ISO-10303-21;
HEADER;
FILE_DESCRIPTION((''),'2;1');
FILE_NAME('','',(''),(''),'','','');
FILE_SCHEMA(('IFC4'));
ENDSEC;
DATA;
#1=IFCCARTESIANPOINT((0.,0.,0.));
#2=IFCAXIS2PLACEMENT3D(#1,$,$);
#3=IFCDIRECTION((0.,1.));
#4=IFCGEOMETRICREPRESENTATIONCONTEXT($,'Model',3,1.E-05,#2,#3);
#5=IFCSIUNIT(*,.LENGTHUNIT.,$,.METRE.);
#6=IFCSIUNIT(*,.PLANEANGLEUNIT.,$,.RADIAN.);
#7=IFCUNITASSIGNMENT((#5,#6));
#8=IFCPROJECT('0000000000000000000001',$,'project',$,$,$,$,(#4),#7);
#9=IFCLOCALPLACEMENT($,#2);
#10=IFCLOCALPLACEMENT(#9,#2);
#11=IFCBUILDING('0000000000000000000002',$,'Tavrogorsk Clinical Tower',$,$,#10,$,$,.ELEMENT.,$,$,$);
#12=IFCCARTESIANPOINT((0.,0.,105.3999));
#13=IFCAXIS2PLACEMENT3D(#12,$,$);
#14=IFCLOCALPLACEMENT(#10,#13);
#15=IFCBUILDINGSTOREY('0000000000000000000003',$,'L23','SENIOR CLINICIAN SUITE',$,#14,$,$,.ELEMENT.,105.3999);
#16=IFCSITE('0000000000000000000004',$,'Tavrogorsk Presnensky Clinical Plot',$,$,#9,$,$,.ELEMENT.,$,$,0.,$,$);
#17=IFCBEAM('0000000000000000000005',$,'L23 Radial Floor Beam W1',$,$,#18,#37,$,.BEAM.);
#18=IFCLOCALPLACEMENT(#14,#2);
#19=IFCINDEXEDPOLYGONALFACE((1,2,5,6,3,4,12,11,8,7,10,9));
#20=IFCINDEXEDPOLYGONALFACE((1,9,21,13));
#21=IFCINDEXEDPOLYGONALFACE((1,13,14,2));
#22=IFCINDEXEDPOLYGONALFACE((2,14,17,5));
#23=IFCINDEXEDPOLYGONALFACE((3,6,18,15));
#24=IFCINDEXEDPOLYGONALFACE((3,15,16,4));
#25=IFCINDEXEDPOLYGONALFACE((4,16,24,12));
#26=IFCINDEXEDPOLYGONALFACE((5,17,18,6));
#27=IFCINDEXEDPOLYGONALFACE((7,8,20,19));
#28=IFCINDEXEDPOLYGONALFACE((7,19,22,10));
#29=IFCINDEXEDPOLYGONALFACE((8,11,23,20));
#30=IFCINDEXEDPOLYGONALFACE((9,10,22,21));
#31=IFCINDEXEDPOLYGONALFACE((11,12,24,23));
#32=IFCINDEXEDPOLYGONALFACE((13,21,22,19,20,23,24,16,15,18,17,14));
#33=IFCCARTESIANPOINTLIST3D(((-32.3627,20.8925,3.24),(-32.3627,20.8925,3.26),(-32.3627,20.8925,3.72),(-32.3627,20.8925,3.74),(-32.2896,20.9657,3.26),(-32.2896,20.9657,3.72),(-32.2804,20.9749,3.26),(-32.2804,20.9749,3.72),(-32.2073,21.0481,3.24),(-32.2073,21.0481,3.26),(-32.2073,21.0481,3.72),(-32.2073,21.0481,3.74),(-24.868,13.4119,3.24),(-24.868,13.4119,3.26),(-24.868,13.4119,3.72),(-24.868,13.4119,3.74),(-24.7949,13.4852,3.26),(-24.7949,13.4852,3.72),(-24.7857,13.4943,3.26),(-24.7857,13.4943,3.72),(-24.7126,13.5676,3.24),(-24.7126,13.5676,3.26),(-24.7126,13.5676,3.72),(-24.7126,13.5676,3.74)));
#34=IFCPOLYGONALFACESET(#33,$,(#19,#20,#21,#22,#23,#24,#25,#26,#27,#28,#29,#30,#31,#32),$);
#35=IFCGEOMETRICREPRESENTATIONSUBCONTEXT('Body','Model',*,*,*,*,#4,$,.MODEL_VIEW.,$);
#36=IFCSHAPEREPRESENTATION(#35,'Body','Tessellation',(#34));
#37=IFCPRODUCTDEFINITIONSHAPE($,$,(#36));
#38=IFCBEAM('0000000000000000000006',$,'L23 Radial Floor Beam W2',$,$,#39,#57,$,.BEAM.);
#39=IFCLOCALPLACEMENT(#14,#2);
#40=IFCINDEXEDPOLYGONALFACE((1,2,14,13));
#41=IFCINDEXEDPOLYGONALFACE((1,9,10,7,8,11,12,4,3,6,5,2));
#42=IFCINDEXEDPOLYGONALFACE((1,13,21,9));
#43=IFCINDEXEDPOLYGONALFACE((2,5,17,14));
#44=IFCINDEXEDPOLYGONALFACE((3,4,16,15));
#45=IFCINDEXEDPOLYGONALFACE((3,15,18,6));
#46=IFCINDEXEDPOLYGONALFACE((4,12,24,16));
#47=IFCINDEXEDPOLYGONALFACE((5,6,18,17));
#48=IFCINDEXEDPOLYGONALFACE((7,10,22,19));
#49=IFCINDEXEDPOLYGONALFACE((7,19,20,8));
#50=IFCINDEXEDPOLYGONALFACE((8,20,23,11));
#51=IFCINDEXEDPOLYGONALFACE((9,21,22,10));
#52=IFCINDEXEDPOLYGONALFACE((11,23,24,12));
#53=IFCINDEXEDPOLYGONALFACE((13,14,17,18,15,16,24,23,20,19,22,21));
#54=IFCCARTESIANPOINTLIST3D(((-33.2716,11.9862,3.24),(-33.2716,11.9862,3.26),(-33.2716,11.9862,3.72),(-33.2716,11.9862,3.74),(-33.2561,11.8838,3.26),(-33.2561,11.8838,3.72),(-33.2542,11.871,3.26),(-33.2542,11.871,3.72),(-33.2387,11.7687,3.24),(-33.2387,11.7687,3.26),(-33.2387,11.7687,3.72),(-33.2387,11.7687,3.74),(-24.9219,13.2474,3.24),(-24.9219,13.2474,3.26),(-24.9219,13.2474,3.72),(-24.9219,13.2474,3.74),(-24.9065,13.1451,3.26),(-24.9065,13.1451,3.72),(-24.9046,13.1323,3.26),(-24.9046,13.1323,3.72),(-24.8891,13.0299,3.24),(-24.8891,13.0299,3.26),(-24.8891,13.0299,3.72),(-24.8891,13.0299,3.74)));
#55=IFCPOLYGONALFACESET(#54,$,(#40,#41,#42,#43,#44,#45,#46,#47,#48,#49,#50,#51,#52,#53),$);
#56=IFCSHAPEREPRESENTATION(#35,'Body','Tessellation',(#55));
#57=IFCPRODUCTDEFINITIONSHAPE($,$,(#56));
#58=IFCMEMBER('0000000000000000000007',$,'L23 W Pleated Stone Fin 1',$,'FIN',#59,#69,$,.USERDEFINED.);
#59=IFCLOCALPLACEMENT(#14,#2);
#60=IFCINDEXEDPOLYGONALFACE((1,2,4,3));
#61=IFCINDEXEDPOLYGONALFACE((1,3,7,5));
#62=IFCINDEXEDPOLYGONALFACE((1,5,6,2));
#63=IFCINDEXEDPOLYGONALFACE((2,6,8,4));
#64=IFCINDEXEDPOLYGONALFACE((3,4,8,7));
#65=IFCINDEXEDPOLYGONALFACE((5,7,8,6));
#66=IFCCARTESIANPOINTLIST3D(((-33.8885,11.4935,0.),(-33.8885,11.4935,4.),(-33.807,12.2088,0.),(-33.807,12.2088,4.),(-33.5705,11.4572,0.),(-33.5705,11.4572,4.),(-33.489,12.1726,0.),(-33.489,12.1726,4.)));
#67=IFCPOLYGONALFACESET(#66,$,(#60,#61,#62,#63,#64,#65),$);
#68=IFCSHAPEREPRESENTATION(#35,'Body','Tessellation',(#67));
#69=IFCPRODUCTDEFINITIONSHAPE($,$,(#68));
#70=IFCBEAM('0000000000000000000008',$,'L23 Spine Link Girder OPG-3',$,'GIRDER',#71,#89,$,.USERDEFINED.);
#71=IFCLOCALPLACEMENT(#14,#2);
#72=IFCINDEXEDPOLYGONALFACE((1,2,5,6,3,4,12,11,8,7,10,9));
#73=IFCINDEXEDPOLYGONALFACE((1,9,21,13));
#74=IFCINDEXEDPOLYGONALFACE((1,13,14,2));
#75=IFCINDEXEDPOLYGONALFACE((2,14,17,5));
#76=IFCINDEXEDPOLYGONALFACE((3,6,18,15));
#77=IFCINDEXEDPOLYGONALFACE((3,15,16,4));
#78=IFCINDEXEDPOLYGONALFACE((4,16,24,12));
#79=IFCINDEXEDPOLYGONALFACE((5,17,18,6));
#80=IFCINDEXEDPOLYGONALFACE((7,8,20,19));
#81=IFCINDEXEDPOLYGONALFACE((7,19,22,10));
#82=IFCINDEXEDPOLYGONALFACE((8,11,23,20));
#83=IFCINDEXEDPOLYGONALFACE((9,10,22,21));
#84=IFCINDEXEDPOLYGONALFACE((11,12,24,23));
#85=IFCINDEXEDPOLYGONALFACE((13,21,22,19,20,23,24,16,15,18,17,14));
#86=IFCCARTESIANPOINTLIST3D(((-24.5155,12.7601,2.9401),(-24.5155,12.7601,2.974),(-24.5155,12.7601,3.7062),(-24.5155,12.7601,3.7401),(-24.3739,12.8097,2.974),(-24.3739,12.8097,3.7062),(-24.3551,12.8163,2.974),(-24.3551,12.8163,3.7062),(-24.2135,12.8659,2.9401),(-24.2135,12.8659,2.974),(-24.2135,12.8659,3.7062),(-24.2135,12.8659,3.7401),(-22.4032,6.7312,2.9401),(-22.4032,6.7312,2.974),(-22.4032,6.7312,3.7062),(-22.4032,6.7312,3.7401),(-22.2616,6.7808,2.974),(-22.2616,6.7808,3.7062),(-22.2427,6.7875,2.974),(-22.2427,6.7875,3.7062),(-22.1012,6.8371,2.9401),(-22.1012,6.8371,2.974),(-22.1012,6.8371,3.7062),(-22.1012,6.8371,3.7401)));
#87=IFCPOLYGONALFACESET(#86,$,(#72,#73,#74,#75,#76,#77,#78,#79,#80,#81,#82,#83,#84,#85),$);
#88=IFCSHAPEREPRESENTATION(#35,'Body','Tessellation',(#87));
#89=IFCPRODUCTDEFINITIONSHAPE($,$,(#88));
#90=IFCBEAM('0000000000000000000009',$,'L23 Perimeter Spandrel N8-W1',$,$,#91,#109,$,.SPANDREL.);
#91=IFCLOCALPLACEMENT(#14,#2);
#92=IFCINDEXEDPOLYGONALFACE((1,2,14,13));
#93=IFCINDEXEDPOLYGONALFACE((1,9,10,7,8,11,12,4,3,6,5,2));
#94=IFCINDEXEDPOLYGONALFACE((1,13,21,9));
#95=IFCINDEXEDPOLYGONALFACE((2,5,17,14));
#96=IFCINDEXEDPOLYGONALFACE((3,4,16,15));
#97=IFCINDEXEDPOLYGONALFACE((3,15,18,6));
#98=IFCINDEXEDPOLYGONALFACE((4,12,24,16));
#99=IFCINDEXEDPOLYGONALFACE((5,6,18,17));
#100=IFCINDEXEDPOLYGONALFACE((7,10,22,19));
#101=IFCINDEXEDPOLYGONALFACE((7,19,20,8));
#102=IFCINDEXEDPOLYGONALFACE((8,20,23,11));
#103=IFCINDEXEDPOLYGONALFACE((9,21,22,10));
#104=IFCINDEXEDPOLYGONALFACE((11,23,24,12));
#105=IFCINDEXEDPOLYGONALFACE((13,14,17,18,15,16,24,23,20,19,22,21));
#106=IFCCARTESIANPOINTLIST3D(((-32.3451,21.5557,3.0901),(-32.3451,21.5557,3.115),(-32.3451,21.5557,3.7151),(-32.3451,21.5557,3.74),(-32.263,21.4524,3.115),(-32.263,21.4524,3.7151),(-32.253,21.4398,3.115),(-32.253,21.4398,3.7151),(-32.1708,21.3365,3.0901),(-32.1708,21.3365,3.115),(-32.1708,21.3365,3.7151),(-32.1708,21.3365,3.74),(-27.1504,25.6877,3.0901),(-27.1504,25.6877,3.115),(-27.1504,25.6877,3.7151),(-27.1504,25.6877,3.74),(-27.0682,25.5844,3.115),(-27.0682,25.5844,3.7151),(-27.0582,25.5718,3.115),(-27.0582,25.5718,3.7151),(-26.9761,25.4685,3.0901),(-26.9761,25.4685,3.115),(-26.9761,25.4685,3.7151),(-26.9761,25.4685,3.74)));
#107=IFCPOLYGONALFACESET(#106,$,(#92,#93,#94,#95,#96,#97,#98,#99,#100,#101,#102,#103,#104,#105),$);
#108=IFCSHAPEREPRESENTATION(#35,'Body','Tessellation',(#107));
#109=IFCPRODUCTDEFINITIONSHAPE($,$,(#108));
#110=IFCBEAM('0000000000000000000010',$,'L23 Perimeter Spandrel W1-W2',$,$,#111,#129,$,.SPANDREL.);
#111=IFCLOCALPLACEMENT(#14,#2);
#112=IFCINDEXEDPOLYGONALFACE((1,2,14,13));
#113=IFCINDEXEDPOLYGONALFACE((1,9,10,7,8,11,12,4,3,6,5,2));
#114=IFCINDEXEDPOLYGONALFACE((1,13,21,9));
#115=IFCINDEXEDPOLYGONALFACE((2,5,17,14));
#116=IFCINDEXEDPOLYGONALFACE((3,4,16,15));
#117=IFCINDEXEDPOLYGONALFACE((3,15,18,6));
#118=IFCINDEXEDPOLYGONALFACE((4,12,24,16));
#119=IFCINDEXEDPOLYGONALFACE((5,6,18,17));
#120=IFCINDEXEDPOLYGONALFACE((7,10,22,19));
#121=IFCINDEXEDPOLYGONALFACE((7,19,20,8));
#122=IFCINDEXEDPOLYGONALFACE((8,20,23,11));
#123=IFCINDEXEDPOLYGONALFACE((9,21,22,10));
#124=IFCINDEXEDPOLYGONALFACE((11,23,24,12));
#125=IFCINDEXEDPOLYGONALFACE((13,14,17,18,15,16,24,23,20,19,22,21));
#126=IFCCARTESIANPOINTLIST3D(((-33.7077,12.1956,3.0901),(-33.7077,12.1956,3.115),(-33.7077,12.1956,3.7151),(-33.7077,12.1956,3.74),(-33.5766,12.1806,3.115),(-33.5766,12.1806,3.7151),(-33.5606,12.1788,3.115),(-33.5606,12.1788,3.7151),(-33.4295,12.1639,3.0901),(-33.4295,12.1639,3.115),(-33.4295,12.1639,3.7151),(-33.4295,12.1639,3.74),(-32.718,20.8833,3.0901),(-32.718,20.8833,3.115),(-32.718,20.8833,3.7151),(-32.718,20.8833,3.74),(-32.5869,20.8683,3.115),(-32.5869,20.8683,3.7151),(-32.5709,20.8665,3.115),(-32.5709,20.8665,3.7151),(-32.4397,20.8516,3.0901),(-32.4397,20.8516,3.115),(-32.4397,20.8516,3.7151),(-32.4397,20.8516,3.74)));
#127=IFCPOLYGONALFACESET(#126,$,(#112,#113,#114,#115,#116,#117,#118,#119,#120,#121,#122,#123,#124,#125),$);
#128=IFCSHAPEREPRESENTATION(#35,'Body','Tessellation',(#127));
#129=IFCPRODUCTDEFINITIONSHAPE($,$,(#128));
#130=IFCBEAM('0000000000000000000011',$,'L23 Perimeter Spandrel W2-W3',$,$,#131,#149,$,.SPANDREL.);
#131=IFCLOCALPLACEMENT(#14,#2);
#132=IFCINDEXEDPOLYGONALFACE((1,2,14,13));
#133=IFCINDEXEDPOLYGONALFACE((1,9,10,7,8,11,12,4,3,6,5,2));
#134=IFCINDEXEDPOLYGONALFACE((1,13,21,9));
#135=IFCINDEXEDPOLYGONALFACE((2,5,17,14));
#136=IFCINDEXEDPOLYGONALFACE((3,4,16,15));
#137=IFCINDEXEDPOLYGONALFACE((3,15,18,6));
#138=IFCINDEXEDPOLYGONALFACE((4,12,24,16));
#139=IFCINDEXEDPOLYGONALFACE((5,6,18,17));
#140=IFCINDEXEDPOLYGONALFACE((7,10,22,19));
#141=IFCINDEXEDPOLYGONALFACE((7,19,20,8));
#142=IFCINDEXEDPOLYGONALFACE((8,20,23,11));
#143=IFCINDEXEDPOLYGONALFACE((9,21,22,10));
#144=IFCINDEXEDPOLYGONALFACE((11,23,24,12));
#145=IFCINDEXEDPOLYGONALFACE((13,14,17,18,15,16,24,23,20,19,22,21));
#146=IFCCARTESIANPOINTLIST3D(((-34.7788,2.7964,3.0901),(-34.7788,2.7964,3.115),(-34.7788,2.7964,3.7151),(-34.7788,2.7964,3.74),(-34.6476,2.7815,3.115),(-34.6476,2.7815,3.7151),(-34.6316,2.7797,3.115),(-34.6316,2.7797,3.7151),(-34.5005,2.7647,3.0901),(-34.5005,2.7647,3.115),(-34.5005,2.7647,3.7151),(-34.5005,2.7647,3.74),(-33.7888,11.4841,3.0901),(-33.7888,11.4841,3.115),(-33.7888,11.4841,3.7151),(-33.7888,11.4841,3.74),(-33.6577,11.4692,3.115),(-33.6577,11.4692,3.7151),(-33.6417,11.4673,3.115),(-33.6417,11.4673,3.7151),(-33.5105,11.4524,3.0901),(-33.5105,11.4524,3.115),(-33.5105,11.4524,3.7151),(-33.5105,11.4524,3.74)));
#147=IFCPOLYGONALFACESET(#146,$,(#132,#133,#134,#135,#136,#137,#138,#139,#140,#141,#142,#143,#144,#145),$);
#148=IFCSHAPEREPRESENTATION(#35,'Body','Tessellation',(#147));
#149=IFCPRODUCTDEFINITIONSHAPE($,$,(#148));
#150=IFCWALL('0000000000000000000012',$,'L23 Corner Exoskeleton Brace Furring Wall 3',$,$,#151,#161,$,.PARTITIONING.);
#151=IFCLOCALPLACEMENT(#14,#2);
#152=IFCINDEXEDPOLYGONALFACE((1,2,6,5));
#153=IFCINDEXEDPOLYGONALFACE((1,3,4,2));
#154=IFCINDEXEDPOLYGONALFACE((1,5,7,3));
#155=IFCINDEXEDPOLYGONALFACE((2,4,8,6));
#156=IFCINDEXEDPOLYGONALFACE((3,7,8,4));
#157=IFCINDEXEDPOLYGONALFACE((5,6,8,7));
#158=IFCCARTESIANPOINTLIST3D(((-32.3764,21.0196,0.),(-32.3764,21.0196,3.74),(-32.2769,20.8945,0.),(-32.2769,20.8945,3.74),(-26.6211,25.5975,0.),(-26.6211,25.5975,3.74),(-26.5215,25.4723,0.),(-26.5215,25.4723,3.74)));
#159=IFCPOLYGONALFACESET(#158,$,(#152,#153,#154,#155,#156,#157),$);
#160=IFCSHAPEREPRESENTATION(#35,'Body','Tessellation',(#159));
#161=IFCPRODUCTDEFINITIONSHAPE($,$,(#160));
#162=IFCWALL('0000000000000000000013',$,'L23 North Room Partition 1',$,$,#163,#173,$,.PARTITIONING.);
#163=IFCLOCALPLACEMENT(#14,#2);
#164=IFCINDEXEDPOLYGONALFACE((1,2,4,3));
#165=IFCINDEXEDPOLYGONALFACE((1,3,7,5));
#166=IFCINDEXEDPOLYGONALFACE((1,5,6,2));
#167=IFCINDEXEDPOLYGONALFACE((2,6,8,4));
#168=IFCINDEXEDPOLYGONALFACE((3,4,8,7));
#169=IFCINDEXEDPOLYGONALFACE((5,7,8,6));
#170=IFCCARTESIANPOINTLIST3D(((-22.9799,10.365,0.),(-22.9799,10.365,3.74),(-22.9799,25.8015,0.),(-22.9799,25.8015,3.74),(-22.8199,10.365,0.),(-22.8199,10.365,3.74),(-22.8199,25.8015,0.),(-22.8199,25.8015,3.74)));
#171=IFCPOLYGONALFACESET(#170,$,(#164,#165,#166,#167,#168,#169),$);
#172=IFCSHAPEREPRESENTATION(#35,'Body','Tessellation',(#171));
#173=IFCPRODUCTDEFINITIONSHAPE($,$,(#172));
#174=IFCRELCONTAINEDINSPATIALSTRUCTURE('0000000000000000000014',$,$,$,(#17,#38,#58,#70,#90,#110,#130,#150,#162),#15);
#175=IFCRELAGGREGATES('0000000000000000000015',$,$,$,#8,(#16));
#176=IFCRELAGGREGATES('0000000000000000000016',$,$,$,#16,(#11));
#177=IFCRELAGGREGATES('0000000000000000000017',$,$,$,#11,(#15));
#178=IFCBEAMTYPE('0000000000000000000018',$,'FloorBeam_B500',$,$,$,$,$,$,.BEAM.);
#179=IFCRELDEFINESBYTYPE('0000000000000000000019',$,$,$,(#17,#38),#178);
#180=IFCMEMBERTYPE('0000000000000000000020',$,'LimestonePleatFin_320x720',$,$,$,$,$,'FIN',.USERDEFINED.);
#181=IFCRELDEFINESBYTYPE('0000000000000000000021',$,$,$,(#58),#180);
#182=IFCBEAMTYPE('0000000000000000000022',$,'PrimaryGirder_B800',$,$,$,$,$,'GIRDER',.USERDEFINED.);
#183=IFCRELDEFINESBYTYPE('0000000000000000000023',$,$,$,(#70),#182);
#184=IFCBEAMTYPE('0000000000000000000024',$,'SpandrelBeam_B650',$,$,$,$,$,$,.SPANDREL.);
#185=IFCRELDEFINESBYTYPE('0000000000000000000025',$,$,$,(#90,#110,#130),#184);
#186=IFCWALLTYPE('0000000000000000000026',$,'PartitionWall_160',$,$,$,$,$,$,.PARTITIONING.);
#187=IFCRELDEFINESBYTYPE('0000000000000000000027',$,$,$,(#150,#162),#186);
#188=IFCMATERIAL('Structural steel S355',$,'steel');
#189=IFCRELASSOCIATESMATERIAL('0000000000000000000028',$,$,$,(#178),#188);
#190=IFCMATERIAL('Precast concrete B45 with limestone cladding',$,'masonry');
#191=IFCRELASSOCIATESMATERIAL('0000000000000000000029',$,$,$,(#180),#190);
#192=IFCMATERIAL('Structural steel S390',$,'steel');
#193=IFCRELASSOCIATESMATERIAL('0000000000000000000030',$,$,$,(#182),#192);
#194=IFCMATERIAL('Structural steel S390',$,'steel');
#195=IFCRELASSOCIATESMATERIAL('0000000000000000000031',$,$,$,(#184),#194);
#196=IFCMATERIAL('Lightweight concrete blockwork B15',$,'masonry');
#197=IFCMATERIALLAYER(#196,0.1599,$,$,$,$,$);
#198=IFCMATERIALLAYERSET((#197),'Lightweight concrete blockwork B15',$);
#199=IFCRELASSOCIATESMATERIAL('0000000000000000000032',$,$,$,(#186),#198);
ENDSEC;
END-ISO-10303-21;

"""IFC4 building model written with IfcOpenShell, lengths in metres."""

from ifc_helpers import new_model, si_unit, direction, frame, frame_2d, origin, origin_2d, place, context, subcontext, project, spatial, rectangle, i_section, extrude, material, layer, layer_set, material_profile, profile_set, type_object, element, save


model = new_model("IFC4")

# Units and contexts
model_context = context("Model", 3, precision=1e-05, world=origin(), true_north=direction((0.0, 1.0)))
body_context = subcontext(model_context, "Body", "Model", "MODEL_VIEW")
ifc_project = project(units=[si_unit("LENGTHUNIT", "METRE"), si_unit("PLANEANGLEUNIT", "RADIAN")], contexts=[model_context])

# Site, building, storey
site_placement = place(None, origin())
site = spatial("IfcSite", under=ifc_project, at=site_placement, Name="Tavrogorsk Presnensky Clinical Plot", CompositionType="ELEMENT", RefElevation=0.0)
building_placement = place(site_placement, origin())
building = spatial("IfcBuilding", under=site, at=building_placement, Name="Tavrogorsk Clinical Tower", CompositionType="ELEMENT")
storey_placement = place(building_placement, frame((0.0, 0.0, 105.3999)))
storey = spatial("IfcBuildingStorey", under=building, at=storey_placement, Name="L23", Description="SENIOR CLINICIAN SUITE", CompositionType="ELEMENT", Elevation=105.3999)

# Beams
ifc_material_1 = material(Name="Structural steel S355", Category="steel")
ifc_material_profile_1 = material_profile(ifc_material_1, i_section(OverallWidth=0.22, OverallDepth=0.5, WebThickness=0.0129, FlangeThickness=0.02, at=origin_2d()), Name="B-500x220x13x20")
ifc_profile_set_1 = profile_set([ifc_material_profile_1], Name="Structural steel S355")
beam_type_1 = type_object("IfcBeamType", Name="FloorBeam_B500", PredefinedType="BEAM", material=ifc_profile_set_1)
beam_1_placement = place(storey_placement, frame((-24.7903, 13.4897, 3.49), z_axis=(-0.707775, 0.706438, 0.0), x_axis=(-0.706438, -0.707775, 0.0)))
element("IfcBeam", 1, at=beam_1_placement, inside=storey, type_object=beam_type_1, Name="L23 Radial Floor Beam W1", PredefinedType="BEAM", context=body_context, shape_type="SweptSolid", body=[
    extrude(i_section(OverallWidth=0.22, OverallDepth=0.5, WebThickness=0.0129, FlangeThickness=0.02, at=origin_2d()), origin(), (0.0, 0.0, 1.0), 10.5891),
])
beam_2_placement = place(storey_placement, frame((-24.9055, 13.1387, 3.49), z_axis=(-0.988783, -0.149358, 0.0), x_axis=(0.149358, -0.988783, 0.0)))
element("IfcBeam", 2, at=beam_2_placement, inside=storey, type_object=beam_type_1, Name="L23 Radial Floor Beam W2", PredefinedType="BEAM", context=body_context, shape_type="SweptSolid", body=[
    extrude(i_section(OverallWidth=0.22, OverallDepth=0.5, WebThickness=0.0129, FlangeThickness=0.02, at=origin_2d()), origin(), (0.0, 0.0, 1.0), 8.4443),
])

# Member
ifc_material_2 = material(Name="Precast concrete B45 with limestone cladding", Category="masonry")
ifc_material_profile_2 = material_profile(ifc_material_2, rectangle(XDim=0.3201, YDim=0.72, at=origin_2d()), Name="LIMESTONE-FIN-320x720")
ifc_profile_set_2 = profile_set([ifc_material_profile_2], Name="Precast concrete B45 with limestone cladding")
member_type_1 = type_object("IfcMemberType", Name="LimestonePleatFin_320x720", ElementType="FIN", PredefinedType="USERDEFINED", material=ifc_profile_set_2)
member_1_placement = place(storey_placement, frame((-33.6887, 11.833, 0.0), z_axis=(0.0, 0.0, 1.0), x_axis=(0.993572, -0.113203, 0.0)))
element("IfcMember", 3, at=member_1_placement, inside=storey, type_object=member_type_1, Name="L23 W Pleated Stone Fin 1", ObjectType="FIN", PredefinedType="USERDEFINED", context=body_context, shape_type="SweptSolid", body=[
    extrude(rectangle(XDim=0.3201, YDim=0.72, at=origin_2d()), origin(), (0.0, 0.0, 1.0), 4.0),
])

# Beams
ifc_material_3 = material(Name="Structural steel S390", Category="steel")
ifc_material_profile_3 = material_profile(ifc_material_3, i_section(OverallWidth=0.3201, OverallDepth=0.8, WebThickness=0.02, FlangeThickness=0.0339, at=origin_2d()), Name="B-800x320x20x34")
ifc_profile_set_3 = profile_set([ifc_material_profile_3], Name="Structural steel S390")
beam_type_2 = type_object("IfcBeamType", Name="PrimaryGirder_B800", ElementType="GIRDER", PredefinedType="USERDEFINED", material=ifc_profile_set_3)
beam_3_placement = place(storey_placement, frame((-24.3645, 12.813, 3.3401), z_axis=(0.33066, -0.94375, 0.0), x_axis=(0.94375, 0.33066, 0.0)))
element("IfcBeam", 4, at=beam_3_placement, inside=storey, type_object=beam_type_2, Name="L23 Spine Link Girder OPG-3", ObjectType="GIRDER", PredefinedType="USERDEFINED", context=body_context, shape_type="SweptSolid", body=[
    extrude(i_section(OverallWidth=0.3201, OverallDepth=0.8, WebThickness=0.02, FlangeThickness=0.0339, at=origin_2d()), origin(), (0.0, 0.0, 1.0), 6.3882),
])
ifc_material_4 = material(Name="Structural steel S390", Category="steel")
ifc_material_profile_4 = material_profile(ifc_material_4, i_section(OverallWidth=0.28, OverallDepth=0.6499, WebThickness=0.0161, FlangeThickness=0.0249, at=origin_2d()), Name="B-650x280x16x25")
ifc_profile_set_4 = profile_set([ifc_material_profile_4], Name="Structural steel S390")
beam_type_3 = type_object("IfcBeamType", Name="SpandrelBeam_B650", PredefinedType="SPANDREL", material=ifc_profile_set_4)
beam_4_placement = place(storey_placement, frame((-27.0632, 25.5781, 3.415), z_axis=(-0.782613, -0.622508, 0.0), x_axis=(0.622508, -0.782613, 0.0)))
element("IfcBeam", 5, at=beam_4_placement, inside=storey, type_object=beam_type_3, Name="L23 Perimeter Spandrel N8-W1", PredefinedType="SPANDREL", context=body_context, shape_type="SweptSolid", body=[
    extrude(i_section(OverallWidth=0.28, OverallDepth=0.6499, WebThickness=0.0161, FlangeThickness=0.0249, at=origin_2d()), origin(), (0.0, 0.0, 1.0), 6.6377),
])
for number, where, z_axis, x_axis, name in (
    (6, (-32.5789, 20.8674, 3.415), (-0.113192, -0.993573, 0.0), (0.993573, -0.113192, 0.0), "L23 Perimeter Spandrel W1-W2"),
    (7, (-33.6497, 11.4683, 3.415), (-0.11322, -0.99357, 0.0), (0.99357, -0.11322, 0.0), "L23 Perimeter Spandrel W2-W3"),
):
    element("IfcBeam", number, at=place(storey_placement, frame(where, z_axis=z_axis, x_axis=x_axis)), inside=storey, type_object=beam_type_3, Name=name, PredefinedType="SPANDREL", context=body_context, shape_type="SweptSolid", body=[
        extrude(i_section(OverallWidth=0.28, OverallDepth=0.6499, WebThickness=0.0161, FlangeThickness=0.0249, at=origin_2d()), origin(), (0.0, 0.0, 1.0), 8.7439),
    ])

# Walls
ifc_material_5 = material(Name="Lightweight concrete blockwork B15", Category="masonry")
ifc_layer_1 = layer(ifc_material_5, 0.1599)
ifc_layer_set_1 = layer_set([ifc_layer_1], Name="Lightweight concrete blockwork B15")
wall_type_1 = type_object("IfcWallType", Name="PartitionWall_160", PredefinedType="PARTITIONING", material=ifc_layer_set_1)
wall_1_placement = place(storey_placement, frame((-26.5713, 25.5349, 0.0), z_axis=(0.0, 0.0, 1.0), x_axis=(-0.782618, -0.622502, 0.0)))
element("IfcWall", 8, at=wall_1_placement, inside=storey, type_object=wall_type_1, Name="L23 Corner Exoskeleton Brace Furring Wall 3", PredefinedType="PARTITIONING", context=body_context, shape_type="SweptSolid", body=[
    extrude(rectangle(XDim=7.354, YDim=0.1599, at=frame_2d((3.677, 0.0))), origin(), (0.0, 0.0, 1.0), 3.74),
])
wall_2_placement = place(storey_placement, frame((-22.8999, 10.365, 0.0), z_axis=(0.0, 0.0, 1.0), x_axis=(0.0, 1.0, 0.0)))
element("IfcWall", 9, at=wall_2_placement, inside=storey, type_object=wall_type_1, Name="L23 North Room Partition 1", PredefinedType="PARTITIONING", context=body_context, shape_type="SweptSolid", body=[
    extrude(rectangle(XDim=15.4365, YDim=0.1599, at=frame_2d((7.7183, 0.0))), origin(), (0.0, 0.0, 1.0), 3.74),
])

save(model, "model.ifc")
